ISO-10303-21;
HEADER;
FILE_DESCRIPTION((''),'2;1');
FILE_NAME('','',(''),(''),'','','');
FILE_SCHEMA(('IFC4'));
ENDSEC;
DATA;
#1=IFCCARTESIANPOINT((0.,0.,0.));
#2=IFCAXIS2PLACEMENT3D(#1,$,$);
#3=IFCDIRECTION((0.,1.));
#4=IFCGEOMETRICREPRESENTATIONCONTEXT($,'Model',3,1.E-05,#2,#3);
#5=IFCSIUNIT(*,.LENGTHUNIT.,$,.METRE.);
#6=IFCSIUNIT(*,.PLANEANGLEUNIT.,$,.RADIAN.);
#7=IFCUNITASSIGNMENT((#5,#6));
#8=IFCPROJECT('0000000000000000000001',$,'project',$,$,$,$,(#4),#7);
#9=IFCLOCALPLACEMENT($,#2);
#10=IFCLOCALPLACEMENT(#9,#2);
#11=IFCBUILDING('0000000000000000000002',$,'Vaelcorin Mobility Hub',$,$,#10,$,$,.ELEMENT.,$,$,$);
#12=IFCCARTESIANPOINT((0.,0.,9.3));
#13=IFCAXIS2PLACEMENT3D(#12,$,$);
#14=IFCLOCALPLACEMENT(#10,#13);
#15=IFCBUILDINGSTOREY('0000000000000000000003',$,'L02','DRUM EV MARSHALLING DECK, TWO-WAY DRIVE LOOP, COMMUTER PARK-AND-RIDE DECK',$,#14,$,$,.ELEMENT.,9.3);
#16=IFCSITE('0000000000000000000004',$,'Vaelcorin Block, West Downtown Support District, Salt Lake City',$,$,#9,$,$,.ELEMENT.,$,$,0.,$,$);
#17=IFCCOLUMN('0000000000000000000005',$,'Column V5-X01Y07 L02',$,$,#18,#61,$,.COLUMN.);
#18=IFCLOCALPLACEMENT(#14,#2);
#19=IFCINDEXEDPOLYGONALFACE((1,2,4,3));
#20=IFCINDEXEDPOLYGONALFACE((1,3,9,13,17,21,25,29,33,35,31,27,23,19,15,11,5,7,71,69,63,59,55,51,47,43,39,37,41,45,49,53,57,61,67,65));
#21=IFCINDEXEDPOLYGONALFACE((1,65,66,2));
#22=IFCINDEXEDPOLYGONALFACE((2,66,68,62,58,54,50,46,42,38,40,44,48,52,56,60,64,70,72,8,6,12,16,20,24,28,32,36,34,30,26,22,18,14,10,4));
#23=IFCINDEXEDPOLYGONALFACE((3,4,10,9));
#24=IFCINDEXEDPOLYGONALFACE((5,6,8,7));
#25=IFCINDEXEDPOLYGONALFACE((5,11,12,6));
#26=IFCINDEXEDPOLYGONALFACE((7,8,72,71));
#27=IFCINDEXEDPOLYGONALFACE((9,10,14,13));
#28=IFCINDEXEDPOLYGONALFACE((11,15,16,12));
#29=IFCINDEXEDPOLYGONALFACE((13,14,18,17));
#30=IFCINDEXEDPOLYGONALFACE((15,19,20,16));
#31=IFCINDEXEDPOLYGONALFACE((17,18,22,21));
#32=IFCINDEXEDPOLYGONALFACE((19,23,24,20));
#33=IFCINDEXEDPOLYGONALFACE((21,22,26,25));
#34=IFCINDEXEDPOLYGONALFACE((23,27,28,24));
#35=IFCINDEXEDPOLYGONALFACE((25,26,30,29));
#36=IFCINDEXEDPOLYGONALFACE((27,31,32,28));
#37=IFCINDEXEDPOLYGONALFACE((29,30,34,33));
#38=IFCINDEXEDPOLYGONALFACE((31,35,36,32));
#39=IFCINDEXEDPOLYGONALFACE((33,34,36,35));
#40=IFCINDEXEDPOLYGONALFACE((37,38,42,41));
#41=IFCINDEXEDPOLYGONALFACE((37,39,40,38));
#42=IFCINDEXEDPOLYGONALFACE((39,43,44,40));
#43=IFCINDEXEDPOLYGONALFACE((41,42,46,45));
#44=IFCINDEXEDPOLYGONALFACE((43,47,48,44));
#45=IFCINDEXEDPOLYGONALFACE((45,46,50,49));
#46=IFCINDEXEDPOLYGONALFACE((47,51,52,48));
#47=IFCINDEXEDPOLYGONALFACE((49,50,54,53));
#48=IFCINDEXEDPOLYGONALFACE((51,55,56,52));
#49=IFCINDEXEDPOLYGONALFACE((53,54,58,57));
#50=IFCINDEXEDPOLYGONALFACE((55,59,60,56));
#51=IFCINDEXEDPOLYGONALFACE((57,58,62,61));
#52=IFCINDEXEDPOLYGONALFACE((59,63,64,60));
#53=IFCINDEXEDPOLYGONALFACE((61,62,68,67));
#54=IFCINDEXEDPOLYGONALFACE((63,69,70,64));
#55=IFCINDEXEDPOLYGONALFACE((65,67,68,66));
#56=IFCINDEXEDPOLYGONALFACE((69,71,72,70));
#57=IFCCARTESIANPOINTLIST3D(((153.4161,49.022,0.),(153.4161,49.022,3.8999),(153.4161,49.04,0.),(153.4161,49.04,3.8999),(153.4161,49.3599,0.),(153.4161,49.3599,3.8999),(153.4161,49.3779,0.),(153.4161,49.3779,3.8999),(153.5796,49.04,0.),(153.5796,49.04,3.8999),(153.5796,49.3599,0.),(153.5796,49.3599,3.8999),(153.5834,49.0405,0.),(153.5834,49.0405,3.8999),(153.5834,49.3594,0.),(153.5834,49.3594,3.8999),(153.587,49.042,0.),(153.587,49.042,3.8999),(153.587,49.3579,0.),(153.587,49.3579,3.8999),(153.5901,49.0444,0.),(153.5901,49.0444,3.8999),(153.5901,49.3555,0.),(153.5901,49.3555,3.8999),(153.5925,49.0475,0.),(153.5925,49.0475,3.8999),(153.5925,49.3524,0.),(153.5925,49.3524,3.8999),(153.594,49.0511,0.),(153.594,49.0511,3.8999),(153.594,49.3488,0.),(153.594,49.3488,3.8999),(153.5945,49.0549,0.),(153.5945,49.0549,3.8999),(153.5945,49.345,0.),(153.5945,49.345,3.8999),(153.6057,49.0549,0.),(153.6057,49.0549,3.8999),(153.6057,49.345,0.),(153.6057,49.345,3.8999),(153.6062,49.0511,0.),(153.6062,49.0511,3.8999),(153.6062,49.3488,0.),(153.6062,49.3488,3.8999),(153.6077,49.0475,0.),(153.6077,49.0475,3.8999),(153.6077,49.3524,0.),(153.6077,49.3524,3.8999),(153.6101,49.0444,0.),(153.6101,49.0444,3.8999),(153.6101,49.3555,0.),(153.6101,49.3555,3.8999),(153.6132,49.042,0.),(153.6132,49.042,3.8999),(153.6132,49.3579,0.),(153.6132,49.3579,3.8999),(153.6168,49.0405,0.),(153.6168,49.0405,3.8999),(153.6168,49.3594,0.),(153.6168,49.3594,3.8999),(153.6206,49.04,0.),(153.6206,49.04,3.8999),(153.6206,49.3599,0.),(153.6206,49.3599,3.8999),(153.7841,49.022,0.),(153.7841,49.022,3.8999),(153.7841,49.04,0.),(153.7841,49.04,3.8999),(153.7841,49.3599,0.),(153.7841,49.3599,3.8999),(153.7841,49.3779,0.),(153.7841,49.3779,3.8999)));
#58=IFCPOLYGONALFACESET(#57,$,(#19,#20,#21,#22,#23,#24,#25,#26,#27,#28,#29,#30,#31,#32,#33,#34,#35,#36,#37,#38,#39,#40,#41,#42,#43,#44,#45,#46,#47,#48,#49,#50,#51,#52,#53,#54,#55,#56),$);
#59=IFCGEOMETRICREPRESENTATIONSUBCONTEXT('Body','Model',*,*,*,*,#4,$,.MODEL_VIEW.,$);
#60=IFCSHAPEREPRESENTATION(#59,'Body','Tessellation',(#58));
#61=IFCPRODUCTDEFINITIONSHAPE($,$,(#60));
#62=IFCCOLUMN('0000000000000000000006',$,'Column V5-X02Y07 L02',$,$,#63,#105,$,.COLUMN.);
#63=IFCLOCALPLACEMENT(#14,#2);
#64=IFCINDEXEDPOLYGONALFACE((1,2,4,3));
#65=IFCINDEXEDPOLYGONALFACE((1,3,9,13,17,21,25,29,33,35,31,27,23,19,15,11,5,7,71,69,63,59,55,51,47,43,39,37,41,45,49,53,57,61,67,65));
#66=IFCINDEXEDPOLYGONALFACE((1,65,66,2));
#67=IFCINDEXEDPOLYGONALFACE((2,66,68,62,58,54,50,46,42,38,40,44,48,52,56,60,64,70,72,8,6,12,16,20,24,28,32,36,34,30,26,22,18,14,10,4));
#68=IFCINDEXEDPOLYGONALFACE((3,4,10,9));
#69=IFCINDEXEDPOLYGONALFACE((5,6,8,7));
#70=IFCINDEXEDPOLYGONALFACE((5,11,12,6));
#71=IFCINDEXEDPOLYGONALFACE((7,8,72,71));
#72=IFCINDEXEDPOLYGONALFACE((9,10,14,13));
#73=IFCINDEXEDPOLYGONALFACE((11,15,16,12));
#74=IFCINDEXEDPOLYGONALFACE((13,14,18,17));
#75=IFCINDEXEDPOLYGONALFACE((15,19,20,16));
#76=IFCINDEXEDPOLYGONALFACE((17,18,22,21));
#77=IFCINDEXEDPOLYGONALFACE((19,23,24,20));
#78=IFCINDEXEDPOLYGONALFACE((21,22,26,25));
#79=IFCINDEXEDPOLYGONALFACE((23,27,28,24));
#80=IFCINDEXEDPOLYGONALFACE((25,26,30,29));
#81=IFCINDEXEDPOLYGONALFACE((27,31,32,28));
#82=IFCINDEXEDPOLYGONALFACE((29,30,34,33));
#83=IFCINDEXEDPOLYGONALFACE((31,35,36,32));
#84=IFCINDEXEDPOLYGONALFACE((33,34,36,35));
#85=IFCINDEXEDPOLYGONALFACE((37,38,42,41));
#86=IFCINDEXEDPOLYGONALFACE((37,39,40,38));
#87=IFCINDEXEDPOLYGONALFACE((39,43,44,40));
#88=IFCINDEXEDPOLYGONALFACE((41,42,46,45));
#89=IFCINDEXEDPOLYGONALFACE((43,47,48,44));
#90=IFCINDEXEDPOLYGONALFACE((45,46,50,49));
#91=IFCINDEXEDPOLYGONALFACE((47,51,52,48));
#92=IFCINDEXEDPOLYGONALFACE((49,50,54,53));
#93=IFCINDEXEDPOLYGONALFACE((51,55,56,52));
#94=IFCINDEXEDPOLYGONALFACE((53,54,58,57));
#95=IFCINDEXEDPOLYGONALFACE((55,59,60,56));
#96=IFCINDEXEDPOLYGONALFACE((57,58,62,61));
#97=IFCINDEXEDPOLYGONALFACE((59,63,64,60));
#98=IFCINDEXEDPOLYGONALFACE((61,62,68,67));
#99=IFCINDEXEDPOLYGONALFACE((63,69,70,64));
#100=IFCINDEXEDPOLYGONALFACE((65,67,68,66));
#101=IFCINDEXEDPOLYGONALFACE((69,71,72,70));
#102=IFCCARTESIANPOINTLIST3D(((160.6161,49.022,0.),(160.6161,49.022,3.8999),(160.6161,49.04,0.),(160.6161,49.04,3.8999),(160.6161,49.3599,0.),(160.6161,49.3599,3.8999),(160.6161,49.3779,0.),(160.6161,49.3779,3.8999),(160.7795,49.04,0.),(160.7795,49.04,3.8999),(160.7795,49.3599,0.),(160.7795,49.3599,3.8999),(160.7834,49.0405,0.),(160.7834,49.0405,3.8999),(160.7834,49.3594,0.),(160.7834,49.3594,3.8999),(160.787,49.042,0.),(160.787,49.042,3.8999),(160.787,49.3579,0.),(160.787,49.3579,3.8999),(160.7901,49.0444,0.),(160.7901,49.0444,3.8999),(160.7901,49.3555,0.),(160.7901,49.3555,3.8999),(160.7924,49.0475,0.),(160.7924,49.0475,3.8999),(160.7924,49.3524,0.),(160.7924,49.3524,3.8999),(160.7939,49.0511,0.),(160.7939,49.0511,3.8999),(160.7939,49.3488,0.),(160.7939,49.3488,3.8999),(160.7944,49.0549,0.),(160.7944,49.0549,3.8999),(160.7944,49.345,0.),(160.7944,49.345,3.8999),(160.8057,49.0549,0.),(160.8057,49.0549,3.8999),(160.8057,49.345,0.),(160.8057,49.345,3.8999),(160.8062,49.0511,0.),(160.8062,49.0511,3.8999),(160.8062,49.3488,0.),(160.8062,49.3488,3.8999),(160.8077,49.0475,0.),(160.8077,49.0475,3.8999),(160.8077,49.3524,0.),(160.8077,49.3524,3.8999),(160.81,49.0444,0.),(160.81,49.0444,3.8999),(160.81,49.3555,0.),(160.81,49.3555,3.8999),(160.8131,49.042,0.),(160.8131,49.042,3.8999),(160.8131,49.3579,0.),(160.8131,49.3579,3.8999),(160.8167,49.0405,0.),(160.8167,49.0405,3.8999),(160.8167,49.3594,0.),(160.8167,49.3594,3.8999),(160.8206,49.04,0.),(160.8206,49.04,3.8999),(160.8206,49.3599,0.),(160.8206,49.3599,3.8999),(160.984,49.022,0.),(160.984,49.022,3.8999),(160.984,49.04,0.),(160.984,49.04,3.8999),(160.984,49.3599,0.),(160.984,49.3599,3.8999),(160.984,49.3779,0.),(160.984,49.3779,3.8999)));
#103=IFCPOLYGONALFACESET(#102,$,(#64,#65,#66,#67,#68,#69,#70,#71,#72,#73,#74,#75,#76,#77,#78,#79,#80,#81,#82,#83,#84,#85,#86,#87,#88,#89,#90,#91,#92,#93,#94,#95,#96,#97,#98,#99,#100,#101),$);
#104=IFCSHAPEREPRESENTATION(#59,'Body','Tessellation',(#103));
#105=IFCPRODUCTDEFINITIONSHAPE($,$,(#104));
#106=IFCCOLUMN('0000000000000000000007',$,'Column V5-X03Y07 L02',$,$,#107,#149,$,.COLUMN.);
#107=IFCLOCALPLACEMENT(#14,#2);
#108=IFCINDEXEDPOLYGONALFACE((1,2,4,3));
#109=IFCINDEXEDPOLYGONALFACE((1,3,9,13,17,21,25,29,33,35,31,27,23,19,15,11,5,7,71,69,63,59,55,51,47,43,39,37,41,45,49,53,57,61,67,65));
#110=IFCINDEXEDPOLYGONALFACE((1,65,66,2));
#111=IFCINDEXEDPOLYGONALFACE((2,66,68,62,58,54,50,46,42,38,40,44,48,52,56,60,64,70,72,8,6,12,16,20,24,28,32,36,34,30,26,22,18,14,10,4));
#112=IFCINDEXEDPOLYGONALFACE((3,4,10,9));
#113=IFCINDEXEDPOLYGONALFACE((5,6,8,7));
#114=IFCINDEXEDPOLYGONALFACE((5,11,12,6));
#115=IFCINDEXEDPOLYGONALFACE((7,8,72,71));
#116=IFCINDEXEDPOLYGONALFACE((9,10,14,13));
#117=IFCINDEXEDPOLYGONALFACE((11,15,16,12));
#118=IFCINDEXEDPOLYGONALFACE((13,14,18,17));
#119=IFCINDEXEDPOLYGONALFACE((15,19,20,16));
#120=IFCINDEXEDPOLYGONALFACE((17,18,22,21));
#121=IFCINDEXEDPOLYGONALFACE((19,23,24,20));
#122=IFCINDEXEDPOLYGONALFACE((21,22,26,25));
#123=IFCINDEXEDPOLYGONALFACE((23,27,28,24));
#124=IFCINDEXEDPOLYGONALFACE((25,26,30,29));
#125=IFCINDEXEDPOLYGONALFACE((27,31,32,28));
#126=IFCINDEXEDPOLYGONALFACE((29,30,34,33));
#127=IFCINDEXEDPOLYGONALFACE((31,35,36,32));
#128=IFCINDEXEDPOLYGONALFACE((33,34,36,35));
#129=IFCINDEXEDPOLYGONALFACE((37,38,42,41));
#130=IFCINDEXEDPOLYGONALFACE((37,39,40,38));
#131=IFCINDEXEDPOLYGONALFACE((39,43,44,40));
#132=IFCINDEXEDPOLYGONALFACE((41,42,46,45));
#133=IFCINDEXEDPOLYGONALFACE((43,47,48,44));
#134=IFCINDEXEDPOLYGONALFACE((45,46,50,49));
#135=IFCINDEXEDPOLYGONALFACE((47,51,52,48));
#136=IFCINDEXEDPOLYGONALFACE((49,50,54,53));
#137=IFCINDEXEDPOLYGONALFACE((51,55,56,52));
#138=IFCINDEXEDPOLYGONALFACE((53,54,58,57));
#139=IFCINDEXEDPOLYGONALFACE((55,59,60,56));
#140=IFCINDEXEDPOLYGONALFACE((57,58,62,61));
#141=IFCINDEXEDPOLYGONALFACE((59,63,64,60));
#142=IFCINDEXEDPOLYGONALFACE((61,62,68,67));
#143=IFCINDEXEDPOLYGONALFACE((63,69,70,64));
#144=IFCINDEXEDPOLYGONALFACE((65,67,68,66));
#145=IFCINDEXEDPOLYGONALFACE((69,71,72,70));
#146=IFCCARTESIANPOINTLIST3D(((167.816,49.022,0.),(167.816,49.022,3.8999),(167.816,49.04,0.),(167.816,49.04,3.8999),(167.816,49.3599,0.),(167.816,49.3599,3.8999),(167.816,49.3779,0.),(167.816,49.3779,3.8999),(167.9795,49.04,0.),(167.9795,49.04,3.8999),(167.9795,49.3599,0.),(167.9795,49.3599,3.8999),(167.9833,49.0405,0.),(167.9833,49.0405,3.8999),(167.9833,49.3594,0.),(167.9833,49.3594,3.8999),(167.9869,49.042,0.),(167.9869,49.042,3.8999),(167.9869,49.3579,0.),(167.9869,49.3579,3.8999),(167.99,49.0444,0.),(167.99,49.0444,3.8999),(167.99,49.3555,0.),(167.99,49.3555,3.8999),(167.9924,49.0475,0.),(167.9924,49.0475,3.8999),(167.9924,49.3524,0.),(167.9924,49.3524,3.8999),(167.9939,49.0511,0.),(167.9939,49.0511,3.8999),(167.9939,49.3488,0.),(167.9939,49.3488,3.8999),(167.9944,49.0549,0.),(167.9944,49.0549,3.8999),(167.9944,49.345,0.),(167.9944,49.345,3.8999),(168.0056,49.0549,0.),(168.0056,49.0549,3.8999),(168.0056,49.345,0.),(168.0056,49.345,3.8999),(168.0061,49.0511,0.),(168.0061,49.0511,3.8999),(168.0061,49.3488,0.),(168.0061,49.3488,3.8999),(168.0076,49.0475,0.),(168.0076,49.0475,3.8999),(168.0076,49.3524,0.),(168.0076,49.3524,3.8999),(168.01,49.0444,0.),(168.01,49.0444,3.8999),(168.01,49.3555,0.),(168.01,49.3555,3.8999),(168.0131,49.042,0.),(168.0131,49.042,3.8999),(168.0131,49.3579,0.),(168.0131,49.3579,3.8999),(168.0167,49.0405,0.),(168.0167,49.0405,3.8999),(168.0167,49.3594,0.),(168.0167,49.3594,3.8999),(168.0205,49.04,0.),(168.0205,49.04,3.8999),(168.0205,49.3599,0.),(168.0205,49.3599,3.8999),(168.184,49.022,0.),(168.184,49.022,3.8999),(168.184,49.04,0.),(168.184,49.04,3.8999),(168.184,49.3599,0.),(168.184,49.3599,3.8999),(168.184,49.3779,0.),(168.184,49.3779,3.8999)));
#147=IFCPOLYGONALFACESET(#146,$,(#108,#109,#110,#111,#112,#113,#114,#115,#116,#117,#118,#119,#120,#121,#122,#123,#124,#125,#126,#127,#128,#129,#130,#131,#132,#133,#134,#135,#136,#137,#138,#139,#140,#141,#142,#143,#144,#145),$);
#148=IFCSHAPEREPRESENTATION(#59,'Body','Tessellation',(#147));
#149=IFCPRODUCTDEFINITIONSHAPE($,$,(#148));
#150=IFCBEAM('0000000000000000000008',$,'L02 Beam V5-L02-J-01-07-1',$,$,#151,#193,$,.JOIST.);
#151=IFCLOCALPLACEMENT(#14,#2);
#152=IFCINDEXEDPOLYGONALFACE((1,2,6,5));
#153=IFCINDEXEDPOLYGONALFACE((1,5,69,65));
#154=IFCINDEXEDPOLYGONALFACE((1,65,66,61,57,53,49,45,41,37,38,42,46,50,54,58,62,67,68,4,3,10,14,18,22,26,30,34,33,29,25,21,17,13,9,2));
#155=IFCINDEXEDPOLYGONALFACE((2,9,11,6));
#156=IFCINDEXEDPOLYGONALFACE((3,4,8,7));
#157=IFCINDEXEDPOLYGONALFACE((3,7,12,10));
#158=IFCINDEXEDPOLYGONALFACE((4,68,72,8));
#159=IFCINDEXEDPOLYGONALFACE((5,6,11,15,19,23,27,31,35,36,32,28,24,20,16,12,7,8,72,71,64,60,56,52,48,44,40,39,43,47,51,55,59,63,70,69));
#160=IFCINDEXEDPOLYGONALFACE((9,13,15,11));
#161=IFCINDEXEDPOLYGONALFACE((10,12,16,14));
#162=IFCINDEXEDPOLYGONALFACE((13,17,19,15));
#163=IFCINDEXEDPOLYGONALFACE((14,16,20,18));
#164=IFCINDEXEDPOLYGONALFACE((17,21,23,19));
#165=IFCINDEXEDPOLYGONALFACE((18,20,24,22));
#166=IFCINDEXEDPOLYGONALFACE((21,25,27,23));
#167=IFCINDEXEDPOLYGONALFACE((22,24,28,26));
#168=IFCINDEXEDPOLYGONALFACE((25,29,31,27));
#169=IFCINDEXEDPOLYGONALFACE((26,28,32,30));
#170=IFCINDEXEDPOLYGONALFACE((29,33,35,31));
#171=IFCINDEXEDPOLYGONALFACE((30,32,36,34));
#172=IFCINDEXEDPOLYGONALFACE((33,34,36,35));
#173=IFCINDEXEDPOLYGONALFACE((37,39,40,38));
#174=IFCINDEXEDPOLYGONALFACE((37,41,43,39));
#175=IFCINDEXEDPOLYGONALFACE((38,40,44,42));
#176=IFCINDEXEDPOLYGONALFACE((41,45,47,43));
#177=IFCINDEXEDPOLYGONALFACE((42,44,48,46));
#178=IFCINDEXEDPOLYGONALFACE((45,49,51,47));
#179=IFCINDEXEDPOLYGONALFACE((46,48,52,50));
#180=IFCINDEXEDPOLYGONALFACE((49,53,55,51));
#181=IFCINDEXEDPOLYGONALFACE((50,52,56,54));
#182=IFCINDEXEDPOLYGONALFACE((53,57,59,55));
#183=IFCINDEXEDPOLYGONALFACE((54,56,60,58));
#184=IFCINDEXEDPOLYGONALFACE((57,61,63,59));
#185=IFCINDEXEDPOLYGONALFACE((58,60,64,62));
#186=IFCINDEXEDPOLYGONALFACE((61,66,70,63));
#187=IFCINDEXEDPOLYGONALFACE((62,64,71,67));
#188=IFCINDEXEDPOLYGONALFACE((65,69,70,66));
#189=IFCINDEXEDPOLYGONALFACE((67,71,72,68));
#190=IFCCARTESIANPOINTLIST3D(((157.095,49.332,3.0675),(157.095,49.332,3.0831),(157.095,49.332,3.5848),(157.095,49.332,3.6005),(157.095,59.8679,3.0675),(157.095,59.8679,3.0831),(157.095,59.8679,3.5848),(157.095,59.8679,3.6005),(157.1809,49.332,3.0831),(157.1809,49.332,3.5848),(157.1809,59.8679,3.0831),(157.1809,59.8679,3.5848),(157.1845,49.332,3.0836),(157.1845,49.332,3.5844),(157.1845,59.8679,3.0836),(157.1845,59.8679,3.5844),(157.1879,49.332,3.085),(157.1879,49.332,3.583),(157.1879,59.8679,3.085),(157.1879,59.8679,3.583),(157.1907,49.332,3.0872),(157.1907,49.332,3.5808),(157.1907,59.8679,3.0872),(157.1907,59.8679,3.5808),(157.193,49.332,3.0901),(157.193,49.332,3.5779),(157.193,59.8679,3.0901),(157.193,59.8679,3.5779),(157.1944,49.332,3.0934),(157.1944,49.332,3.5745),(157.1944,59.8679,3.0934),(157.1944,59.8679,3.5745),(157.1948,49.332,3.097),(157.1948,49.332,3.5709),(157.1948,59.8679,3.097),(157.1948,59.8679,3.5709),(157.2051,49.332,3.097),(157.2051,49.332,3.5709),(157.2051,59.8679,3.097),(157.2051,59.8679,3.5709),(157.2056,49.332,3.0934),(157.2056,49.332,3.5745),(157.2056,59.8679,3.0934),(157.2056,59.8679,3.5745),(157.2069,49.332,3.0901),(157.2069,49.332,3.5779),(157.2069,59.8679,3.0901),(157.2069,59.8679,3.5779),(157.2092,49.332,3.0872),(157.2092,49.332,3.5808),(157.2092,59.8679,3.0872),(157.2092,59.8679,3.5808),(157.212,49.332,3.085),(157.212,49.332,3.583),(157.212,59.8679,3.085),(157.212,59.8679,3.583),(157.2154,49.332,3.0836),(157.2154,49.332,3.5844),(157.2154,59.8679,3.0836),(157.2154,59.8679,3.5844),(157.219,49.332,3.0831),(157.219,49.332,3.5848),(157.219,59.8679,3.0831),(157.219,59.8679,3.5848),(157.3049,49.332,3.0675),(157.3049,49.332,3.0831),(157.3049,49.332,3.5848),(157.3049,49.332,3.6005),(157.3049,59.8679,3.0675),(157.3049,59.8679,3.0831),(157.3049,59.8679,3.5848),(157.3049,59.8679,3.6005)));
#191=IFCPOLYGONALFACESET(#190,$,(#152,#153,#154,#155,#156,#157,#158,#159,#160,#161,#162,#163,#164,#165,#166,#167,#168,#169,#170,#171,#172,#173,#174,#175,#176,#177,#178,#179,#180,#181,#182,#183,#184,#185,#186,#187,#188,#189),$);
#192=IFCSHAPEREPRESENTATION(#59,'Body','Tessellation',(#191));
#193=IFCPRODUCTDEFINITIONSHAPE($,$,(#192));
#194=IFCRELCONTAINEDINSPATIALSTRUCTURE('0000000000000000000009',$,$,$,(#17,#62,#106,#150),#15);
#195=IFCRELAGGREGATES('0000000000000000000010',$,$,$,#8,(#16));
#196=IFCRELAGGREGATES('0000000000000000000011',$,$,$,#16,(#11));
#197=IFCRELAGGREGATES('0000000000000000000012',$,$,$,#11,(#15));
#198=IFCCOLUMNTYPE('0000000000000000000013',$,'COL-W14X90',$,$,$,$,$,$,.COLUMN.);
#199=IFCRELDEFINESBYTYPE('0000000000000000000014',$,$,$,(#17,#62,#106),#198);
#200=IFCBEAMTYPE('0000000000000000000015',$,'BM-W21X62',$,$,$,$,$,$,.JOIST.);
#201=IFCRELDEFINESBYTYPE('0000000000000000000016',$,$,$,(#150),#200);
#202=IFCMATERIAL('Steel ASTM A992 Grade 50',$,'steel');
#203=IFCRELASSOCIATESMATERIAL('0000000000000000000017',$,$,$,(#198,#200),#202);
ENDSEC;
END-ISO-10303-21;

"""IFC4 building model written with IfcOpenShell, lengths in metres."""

from ifc_helpers import new_model, si_unit, direction, frame, origin, origin_2d, place, context, subcontext, project, spatial, i_section, extrude, material, material_profile, profile_set, type_object, element, save


model = new_model("IFC4")

# Units and contexts
model_context = context("Model", 3, precision=1e-05, world=origin(), true_north=direction((0.0, 1.0)))
body_context = subcontext(model_context, "Body", "Model", "MODEL_VIEW")
ifc_project = project(units=[si_unit("LENGTHUNIT", "METRE"), si_unit("PLANEANGLEUNIT", "RADIAN")], contexts=[model_context])

# Site, building, storey
site_placement = place(None, origin())
site = spatial("IfcSite", under=ifc_project, at=site_placement, Name="Vaelcorin Block, West Downtown Support District, Salt Lake City", CompositionType="ELEMENT", RefElevation=0.0)
building_placement = place(site_placement, origin())
building = spatial("IfcBuilding", under=site, at=building_placement, Name="Vaelcorin Mobility Hub", CompositionType="ELEMENT")
storey_placement = place(building_placement, frame((0.0, 0.0, 9.3)))
storey = spatial("IfcBuildingStorey", under=building, at=storey_placement, Name="L02", Description="DRUM EV MARSHALLING DECK, TWO-WAY DRIVE LOOP, COMMUTER PARK-AND-RIDE DECK", CompositionType="ELEMENT", Elevation=9.3)

# Columns
ifc_material_1 = material(Name="Steel ASTM A992 Grade 50", Category="steel")
ifc_material_profile_1 = material_profile(ifc_material_1, i_section(OverallWidth=0.3679, OverallDepth=0.356, WebThickness=0.0112, FlangeThickness=0.0181, FilletRadius=0.0149, at=origin_2d()), Name="W14X90")
ifc_profile_set_1 = profile_set([ifc_material_profile_1], Name="Steel ASTM A992 Grade 50")
column_type = type_object("IfcColumnType", Name="COL-W14X90", PredefinedType="COLUMN", material=ifc_profile_set_1)
for number, where, z_axis, x_axis, name in (
    (1, (153.6001, 49.2, 0.0), (0.0, 0.0, 1.0), (1.0, 0.0, 0.0), "Column V5-X01Y07 L02"),
    (2, (160.8, 49.2, 0.0), (0.0, 0.0, 1.0), (1.0, 0.0, 0.0), "Column V5-X02Y07 L02"),
    (3, (168.0, 49.2, 0.0), (0.0, 0.0, 1.0), (1.0, 0.0, 0.0), "Column V5-X03Y07 L02"),
):
    element("IfcColumn", number, at=place(storey_placement, frame(where, z_axis=z_axis, x_axis=x_axis)), inside=storey, type_object=column_type, Name=name, PredefinedType="COLUMN", context=body_context, shape_type="SweptSolid", body=[
        extrude(i_section(OverallWidth=0.3679, OverallDepth=0.356, WebThickness=0.0112, FlangeThickness=0.0181, FilletRadius=0.0149, at=origin_2d()), origin(), (0.0, 0.0, 1.0), 3.8999),
    ])

# Beam
ifc_material_profile_2 = material_profile(ifc_material_1, i_section(OverallWidth=0.21, OverallDepth=0.533, WebThickness=0.0103, FlangeThickness=0.0156, FilletRadius=0.0139, at=origin_2d()), Name="W21X62")
ifc_profile_set_2 = profile_set([ifc_material_profile_2], Name="Steel ASTM A992 Grade 50")
beam_type_1 = type_object("IfcBeamType", Name="BM-W21X62", PredefinedType="JOIST", material=ifc_profile_set_2)
for number, where, z_axis, x_axis, name in (
    (4, (157.2, 49.332, 3.334), (0.0, 1.0, 0.0), (-1.0, 0.0, 0.0), "L02 Beam V5-L02-J-01-07-1"),
):
    element("IfcBeam", number, at=place(storey_placement, frame(where, z_axis=z_axis, x_axis=x_axis)), inside=storey, type_object=beam_type_1, Name=name, PredefinedType="JOIST", context=body_context, shape_type="SweptSolid", body=[
        extrude(i_section(OverallWidth=0.21, OverallDepth=0.533, WebThickness=0.0103, FlangeThickness=0.0156, FilletRadius=0.0139, at=origin_2d()), origin(), (0.0, 0.0, 1.0), 10.5359),
    ])

save(model, "model.ifc")
